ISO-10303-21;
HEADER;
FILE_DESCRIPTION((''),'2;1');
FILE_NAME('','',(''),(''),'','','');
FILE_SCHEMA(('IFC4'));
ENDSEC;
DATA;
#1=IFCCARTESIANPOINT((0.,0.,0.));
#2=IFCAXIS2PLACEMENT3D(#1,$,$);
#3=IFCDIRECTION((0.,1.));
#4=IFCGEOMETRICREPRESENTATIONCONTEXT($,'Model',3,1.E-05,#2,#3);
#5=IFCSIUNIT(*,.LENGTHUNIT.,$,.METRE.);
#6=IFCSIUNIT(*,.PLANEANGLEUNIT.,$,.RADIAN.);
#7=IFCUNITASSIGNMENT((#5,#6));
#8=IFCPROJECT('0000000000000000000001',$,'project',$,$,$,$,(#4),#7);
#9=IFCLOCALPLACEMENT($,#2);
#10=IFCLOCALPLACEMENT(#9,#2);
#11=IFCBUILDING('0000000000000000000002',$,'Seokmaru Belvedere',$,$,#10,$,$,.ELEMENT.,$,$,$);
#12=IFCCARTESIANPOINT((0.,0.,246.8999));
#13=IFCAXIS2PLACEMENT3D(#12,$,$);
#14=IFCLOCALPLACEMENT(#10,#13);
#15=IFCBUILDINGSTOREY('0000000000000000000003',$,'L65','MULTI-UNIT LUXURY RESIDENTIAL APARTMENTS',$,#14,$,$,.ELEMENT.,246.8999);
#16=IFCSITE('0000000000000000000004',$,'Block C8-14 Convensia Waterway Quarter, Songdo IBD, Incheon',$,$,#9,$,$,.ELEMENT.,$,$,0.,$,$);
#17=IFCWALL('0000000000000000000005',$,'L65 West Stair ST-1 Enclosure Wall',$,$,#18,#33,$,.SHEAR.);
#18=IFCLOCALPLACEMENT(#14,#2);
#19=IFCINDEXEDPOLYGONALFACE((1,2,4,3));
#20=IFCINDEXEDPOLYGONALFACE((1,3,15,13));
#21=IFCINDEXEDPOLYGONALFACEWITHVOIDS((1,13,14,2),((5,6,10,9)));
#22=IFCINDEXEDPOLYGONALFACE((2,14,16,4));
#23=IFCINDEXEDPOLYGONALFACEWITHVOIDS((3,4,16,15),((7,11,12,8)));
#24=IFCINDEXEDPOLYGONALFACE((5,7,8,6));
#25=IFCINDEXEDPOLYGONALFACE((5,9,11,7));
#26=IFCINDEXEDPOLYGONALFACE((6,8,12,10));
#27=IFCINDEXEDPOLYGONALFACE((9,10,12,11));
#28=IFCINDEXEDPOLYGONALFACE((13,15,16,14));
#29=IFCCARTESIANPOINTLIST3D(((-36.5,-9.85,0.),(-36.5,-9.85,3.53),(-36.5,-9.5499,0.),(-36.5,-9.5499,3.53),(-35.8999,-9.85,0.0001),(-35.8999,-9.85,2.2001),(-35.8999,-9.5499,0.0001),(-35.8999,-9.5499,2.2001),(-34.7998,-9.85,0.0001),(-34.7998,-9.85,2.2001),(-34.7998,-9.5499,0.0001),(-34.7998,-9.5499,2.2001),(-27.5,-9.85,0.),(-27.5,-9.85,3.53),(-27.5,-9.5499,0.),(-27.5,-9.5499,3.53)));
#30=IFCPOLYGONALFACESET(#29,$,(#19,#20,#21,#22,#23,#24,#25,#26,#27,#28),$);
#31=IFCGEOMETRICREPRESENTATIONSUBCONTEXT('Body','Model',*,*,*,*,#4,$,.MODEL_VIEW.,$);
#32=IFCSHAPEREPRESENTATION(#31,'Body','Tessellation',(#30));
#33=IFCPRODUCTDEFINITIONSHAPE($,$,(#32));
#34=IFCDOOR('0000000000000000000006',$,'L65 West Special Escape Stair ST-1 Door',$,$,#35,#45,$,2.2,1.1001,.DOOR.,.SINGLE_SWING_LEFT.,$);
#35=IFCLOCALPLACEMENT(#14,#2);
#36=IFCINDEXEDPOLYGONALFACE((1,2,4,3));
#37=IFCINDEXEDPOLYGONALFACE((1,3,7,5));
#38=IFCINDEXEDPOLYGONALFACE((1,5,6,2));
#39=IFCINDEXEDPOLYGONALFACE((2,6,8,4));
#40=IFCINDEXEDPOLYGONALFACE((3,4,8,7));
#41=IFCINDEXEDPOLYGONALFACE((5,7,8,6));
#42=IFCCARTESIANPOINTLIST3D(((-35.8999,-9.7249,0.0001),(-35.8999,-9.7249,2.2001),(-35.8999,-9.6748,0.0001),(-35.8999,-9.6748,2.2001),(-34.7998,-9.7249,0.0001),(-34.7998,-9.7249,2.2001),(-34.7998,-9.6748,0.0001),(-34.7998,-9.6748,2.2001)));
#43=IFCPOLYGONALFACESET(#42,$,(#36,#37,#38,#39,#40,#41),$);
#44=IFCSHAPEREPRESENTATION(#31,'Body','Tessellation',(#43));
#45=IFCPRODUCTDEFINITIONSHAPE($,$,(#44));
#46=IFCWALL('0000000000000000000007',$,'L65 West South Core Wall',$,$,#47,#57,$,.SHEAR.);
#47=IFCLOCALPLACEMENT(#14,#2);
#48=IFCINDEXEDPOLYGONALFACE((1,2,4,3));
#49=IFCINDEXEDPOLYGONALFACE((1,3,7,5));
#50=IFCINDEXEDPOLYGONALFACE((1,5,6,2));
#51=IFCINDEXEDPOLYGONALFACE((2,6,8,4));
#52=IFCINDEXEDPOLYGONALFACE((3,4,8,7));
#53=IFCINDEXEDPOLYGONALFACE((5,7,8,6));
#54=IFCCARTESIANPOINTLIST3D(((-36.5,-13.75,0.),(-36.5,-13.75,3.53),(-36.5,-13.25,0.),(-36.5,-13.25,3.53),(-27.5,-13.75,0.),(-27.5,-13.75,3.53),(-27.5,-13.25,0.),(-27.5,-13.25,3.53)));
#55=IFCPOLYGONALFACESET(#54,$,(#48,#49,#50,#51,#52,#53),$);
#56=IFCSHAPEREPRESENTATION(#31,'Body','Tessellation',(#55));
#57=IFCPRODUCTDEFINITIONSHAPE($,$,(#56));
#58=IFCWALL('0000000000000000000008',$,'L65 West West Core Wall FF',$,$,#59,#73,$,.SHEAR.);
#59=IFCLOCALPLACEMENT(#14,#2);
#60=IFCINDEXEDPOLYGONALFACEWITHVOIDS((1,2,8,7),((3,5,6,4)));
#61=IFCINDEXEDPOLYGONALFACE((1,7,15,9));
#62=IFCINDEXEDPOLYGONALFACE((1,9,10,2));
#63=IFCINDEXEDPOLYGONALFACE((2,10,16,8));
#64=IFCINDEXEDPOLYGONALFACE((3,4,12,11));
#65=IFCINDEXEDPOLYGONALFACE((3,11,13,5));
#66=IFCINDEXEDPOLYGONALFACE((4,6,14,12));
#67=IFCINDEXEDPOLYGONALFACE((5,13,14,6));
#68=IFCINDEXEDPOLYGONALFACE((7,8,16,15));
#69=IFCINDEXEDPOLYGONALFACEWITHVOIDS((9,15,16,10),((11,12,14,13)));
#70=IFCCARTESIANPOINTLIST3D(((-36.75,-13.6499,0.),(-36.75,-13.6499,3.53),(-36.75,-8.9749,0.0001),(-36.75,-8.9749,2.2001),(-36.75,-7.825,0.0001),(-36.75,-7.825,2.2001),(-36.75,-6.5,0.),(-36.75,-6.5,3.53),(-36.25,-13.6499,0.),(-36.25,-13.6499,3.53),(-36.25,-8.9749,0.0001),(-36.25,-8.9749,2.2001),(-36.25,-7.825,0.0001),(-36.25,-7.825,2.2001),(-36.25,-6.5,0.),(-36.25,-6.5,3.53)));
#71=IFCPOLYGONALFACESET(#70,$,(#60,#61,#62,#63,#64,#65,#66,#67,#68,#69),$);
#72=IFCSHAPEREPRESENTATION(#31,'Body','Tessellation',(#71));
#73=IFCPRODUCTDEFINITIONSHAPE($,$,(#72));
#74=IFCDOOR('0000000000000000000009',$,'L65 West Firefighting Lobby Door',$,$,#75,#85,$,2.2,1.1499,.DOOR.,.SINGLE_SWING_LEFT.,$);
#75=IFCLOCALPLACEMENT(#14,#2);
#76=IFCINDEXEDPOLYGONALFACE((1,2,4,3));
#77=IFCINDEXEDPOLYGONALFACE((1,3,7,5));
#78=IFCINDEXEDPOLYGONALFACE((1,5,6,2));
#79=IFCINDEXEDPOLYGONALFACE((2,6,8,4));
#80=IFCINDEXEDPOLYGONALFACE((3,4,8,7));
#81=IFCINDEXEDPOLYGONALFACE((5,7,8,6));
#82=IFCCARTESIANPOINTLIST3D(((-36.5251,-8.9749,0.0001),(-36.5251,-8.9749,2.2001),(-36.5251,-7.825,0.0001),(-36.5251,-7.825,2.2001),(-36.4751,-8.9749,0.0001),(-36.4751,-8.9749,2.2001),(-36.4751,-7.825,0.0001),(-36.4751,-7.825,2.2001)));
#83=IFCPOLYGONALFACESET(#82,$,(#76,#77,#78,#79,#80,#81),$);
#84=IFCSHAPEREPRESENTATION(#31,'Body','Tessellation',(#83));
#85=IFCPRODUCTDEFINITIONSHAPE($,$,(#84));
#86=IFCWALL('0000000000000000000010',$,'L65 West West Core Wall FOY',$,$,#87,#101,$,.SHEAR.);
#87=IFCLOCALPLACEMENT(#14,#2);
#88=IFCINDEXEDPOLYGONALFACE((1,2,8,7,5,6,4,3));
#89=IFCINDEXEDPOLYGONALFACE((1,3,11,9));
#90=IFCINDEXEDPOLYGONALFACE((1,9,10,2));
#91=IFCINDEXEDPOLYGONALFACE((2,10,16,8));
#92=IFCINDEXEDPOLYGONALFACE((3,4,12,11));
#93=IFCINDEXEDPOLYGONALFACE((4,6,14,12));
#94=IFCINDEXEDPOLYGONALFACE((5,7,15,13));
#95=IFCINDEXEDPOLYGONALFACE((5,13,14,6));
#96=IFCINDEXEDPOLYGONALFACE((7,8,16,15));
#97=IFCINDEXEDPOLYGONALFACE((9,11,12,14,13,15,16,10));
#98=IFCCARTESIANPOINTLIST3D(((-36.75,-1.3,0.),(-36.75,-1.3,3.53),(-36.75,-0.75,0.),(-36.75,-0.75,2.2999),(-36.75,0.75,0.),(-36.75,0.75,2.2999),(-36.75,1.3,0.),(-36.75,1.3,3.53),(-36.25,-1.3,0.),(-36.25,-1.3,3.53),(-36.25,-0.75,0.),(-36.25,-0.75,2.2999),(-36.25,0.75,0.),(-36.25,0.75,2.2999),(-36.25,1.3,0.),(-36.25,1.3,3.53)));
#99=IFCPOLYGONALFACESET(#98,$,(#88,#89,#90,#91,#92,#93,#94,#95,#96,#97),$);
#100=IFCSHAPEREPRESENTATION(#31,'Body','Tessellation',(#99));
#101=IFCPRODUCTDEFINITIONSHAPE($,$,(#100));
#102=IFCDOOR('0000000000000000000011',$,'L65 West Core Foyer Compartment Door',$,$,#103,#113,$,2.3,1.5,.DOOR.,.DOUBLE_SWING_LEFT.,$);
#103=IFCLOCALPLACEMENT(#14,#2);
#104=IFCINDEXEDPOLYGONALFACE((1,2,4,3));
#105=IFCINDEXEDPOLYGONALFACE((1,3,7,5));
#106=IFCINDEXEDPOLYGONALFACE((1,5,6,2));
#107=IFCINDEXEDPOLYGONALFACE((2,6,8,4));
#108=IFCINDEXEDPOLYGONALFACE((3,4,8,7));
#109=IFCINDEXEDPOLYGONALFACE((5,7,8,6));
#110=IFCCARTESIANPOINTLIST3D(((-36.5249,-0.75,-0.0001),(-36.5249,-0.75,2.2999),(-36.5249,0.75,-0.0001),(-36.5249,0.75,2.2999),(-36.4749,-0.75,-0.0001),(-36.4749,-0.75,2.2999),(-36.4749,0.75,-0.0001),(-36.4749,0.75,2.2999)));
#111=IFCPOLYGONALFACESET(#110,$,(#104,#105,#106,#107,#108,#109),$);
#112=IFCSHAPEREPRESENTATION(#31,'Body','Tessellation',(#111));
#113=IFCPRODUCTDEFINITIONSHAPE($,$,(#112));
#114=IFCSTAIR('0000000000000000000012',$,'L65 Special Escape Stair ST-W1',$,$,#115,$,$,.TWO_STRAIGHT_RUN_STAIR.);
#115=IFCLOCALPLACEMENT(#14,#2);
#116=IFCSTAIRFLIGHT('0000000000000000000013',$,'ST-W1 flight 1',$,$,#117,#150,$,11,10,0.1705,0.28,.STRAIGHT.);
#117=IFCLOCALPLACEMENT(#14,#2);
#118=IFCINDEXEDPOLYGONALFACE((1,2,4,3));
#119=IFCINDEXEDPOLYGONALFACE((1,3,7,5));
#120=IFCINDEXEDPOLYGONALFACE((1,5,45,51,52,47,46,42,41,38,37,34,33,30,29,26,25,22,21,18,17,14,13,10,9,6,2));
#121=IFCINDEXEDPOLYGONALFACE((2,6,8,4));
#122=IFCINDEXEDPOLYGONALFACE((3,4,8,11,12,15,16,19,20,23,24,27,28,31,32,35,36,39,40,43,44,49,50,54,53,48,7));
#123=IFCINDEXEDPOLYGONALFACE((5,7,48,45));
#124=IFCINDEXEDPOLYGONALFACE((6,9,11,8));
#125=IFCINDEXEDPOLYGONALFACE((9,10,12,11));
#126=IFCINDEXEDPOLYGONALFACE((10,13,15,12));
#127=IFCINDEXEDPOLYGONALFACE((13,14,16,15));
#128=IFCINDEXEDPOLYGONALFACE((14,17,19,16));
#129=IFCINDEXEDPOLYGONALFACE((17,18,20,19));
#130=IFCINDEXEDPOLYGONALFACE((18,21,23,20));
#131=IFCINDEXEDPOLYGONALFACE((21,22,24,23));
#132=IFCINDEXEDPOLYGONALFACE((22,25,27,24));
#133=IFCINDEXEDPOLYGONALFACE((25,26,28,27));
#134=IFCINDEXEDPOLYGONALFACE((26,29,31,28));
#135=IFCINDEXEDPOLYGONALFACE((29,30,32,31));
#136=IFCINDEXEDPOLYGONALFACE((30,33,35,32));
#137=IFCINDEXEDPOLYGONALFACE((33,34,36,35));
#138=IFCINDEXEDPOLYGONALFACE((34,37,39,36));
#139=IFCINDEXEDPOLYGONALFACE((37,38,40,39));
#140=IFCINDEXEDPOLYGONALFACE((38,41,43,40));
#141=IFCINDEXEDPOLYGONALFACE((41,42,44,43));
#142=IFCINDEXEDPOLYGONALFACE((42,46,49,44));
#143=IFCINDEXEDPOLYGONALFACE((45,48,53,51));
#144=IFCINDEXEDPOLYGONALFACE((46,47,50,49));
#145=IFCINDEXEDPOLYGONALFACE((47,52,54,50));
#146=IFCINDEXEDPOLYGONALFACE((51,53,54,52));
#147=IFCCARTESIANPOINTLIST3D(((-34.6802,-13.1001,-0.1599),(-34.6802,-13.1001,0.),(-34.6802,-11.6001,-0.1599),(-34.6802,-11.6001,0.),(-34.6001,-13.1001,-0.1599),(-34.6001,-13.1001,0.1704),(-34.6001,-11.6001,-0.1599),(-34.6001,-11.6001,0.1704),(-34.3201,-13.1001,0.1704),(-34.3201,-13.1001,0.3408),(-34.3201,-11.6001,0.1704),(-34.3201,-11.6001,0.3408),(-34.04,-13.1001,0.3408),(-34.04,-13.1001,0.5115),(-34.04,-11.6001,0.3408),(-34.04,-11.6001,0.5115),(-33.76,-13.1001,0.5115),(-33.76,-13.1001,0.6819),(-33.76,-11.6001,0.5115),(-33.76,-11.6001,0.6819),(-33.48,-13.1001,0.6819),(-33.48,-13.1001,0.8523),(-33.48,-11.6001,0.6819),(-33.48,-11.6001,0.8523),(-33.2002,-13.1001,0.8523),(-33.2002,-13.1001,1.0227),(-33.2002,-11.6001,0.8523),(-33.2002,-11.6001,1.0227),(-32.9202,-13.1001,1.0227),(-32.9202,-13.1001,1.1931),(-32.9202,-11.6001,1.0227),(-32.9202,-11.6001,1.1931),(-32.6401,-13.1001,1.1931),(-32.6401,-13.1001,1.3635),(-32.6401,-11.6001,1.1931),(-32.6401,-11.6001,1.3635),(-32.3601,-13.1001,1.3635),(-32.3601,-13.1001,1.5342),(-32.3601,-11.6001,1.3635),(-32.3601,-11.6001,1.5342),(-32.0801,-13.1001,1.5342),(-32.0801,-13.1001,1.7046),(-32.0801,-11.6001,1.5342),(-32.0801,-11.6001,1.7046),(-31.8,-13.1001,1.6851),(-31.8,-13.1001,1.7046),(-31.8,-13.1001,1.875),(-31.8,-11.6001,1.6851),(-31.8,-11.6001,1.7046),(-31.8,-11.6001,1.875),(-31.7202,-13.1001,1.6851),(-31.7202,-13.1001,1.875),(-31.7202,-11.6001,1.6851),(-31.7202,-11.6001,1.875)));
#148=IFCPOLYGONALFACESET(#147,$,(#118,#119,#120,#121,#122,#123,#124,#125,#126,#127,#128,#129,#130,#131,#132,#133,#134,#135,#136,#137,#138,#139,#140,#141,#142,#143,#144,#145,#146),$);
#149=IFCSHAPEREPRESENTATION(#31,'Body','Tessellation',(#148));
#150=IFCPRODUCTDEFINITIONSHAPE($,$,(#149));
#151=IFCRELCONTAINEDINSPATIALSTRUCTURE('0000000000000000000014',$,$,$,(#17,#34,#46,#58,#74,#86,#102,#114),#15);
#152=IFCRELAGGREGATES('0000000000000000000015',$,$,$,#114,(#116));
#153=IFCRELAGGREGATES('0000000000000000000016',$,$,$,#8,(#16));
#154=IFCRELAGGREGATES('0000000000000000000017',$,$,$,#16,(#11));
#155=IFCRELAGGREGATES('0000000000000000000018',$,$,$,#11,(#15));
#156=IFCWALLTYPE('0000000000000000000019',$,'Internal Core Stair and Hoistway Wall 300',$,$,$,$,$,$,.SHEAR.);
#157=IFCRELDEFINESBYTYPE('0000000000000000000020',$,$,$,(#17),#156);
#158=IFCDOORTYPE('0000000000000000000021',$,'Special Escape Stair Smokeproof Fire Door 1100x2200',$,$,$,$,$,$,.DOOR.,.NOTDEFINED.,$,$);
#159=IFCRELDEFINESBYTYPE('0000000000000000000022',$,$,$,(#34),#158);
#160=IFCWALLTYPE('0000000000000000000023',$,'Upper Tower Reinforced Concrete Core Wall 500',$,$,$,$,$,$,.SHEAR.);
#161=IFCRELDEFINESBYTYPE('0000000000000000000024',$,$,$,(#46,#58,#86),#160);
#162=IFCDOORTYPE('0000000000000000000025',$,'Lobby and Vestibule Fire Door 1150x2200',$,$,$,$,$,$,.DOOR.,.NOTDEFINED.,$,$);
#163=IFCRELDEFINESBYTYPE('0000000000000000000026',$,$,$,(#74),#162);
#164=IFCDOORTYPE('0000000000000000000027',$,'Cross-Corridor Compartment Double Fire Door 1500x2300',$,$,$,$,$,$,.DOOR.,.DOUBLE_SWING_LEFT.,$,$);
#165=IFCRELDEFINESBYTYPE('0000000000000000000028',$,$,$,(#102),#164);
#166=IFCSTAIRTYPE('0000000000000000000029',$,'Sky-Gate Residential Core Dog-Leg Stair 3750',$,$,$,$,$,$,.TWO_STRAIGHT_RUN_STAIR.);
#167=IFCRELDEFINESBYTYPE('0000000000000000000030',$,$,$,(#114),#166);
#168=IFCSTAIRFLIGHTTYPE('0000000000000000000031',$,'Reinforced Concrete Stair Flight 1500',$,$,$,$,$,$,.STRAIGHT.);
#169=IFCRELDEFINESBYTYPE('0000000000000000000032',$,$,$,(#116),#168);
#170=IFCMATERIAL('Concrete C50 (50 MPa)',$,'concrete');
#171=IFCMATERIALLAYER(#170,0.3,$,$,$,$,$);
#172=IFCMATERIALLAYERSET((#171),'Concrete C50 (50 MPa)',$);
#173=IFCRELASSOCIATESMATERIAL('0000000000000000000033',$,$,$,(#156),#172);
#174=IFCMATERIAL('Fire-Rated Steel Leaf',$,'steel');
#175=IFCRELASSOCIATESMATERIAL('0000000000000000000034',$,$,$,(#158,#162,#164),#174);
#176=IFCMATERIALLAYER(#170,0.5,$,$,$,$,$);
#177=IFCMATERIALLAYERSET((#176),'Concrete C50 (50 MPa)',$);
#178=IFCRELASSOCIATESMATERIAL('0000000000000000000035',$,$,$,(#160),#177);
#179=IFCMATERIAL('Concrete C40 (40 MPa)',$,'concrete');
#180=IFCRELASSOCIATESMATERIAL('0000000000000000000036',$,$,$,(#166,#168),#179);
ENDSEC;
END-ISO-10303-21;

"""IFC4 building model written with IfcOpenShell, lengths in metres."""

from ifc_helpers import new_model, si_unit, direction, frame, frame_2d, origin, place, context, subcontext, project, spatial, polyline, rectangle, outline, extrude, source, transform, mapped, material, layer, layer_set, type_object, type_shapes, element, fill, aggregate, save


model = new_model("IFC4")

# Units and contexts
model_context = context("Model", 3, precision=1e-05, world=origin(), true_north=direction((0.0, 1.0)))
body_context = subcontext(model_context, "Body", "Model", "MODEL_VIEW")
ifc_project = project(units=[si_unit("LENGTHUNIT", "METRE"), si_unit("PLANEANGLEUNIT", "RADIAN")], contexts=[model_context])

# Site, building, storey
site_placement = place(None, origin())
site = spatial("IfcSite", under=ifc_project, at=site_placement, Name="Block C8-14 Convensia Waterway Quarter, Songdo IBD, Incheon", CompositionType="ELEMENT", RefElevation=0.0)
building_placement = place(site_placement, origin())
building = spatial("IfcBuilding", under=site, at=building_placement, Name="Seokmaru Belvedere", CompositionType="ELEMENT")
storey_placement = place(building_placement, frame((0.0, 0.0, 246.8999)))
storey = spatial("IfcBuildingStorey", under=building, at=storey_placement, Name="L65", Description="MULTI-UNIT LUXURY RESIDENTIAL APARTMENTS", CompositionType="ELEMENT", Elevation=246.8999)

# Wall, opening, door
ifc_material_1 = material(Name="Concrete C50 (50 MPa)", Category="concrete")
ifc_layer_1 = layer(ifc_material_1, 0.3)
ifc_layer_set_1 = layer_set([ifc_layer_1], Name="Concrete C50 (50 MPa)")
wall_type_1 = type_object("IfcWallType", Name="Internal Core Stair and Hoistway Wall 300", PredefinedType="SHEAR", material=ifc_layer_set_1)
wall_1_placement = place(storey_placement, frame((-36.5, -9.7, 0.0), z_axis=(0.0, 0.0, 1.0), x_axis=(1.0, 0.0, 0.0)))
wall_1 = element("IfcWall", 1, at=wall_1_placement, inside=storey, type_object=wall_type_1, Name="L65 West Stair ST-1 Enclosure Wall", PredefinedType="SHEAR", context=body_context, shape_type="SweptSolid", body=[
    extrude(rectangle(XDim=9.0, YDim=0.3, at=frame_2d((4.5, 0.0))), origin(), (0.0, 0.0, 1.0), 3.53),
])
opening_1_placement = place(wall_1_placement, frame((0.6001, 0.0, 0.0)))
opening_1 = element("IfcOpeningElement", 2, at=opening_1_placement, cuts=wall_1, PredefinedType="OPENING", context=body_context, shape_type="SweptSolid", body=[
    extrude(rectangle(XDim=1.1001, YDim=2.2, at=frame_2d((0.55, 1.1001))), frame((0.0, 0.1602, 0.0), z_axis=(0.0, -1.0, 0.0), x_axis=(1.0, 0.0, 0.0)), (0.0, 0.0, 1.0), 0.3201),
])
ifc_material_2 = material(Name="Fire-Rated Steel Leaf", Category="steel")
door_type_1 = type_object("IfcDoorType", Name="Special Escape Stair Smokeproof Fire Door 1100x2200", OperationType="NOTDEFINED", PredefinedType="DOOR", material=ifc_material_2)
shared_shape_1 = source(origin(), body_context, "Body", "SweptSolid", [
    extrude(rectangle(XDim=1.1001, YDim=2.2, at=frame_2d((0.55, 1.1001))), frame((0.0, 0.0249, 0.0), z_axis=(0.0, -1.0, 0.0), x_axis=(1.0, 0.0, 0.0)), (0.0, 0.0, 1.0), 0.05),
])
type_shapes(door_type_1, [shared_shape_1])
door_1_placement = place(opening_1_placement, frame((1.1001, 0.0, 0.0), z_axis=(0.0, 0.0, 1.0), x_axis=(-1.0, 0.0, 0.0)))
door_1 = element("IfcDoor", 3, at=door_1_placement, inside=storey, type_object=door_type_1, Name="L65 West Special Escape Stair ST-1 Door", OperationType="SINGLE_SWING_LEFT", OverallHeight=2.2, OverallWidth=1.1001, PredefinedType="DOOR", context=body_context, shape_type="MappedRepresentation", body=[
    mapped(shared_shape_1, transform((0.0, 0.0, 0.0), scale=1.0)),
])
fill(opening_1, door_1)

# Wall
ifc_layer_2 = layer(ifc_material_1, 0.5)
ifc_layer_set_2 = layer_set([ifc_layer_2], Name="Concrete C50 (50 MPa)")
wall_type_2 = type_object("IfcWallType", Name="Upper Tower Reinforced Concrete Core Wall 500", PredefinedType="SHEAR", material=ifc_layer_set_2)
wall_2_placement = place(storey_placement, frame((-36.5, -13.5, 0.0), z_axis=(0.0, 0.0, 1.0), x_axis=(1.0, 0.0, 0.0)))
element("IfcWall", 4, at=wall_2_placement, inside=storey, type_object=wall_type_2, Name="L65 West South Core Wall", PredefinedType="SHEAR", context=body_context, shape_type="SweptSolid", body=[
    extrude(rectangle(XDim=9.0, YDim=0.5, at=frame_2d((4.5, 0.0))), origin(), (0.0, 0.0, 1.0), 3.53),
])

# Walls, openings, doors
wall_3_placement = place(storey_placement, frame((-36.5, -13.6499, 0.0), z_axis=(0.0, 0.0, 1.0), x_axis=(0.0, 1.0, 0.0)))
wall_3 = element("IfcWall", 5, at=wall_3_placement, inside=storey, type_object=wall_type_2, Name="L65 West West Core Wall FF", PredefinedType="SHEAR", context=body_context, shape_type="SweptSolid", body=[
    extrude(rectangle(XDim=7.1499, YDim=0.5, at=frame_2d((3.575, 0.0))), origin(), (0.0, 0.0, 1.0), 3.53),
])
opening_2_placement = place(wall_3_placement, frame((4.675, 0.0, 0.0)))
opening_2 = element("IfcOpeningElement", 6, at=opening_2_placement, cuts=wall_3, PredefinedType="OPENING", context=body_context, shape_type="SweptSolid", body=[
    extrude(rectangle(XDim=1.1499, YDim=2.2, at=frame_2d((0.575, 1.1001))), frame((0.0, 0.26, 0.0), z_axis=(0.0, -1.0, 0.0), x_axis=(1.0, 0.0, 0.0)), (0.0, 0.0, 1.0), 0.52),
])
door_type_2 = type_object("IfcDoorType", Name="Lobby and Vestibule Fire Door 1150x2200", OperationType="NOTDEFINED", PredefinedType="DOOR", material=ifc_material_2)
shared_shape_2 = source(origin(), body_context, "Body", "SweptSolid", [
    extrude(rectangle(XDim=1.1499, YDim=2.2, at=frame_2d((0.575, 1.1001))), frame((0.0, 0.0249, 0.0), z_axis=(0.0, -1.0, 0.0), x_axis=(1.0, 0.0, 0.0)), (0.0, 0.0, 1.0), 0.05),
])
type_shapes(door_type_2, [shared_shape_2])
door_2_placement = place(opening_2_placement, frame((1.1499, 0.0, 0.0), z_axis=(0.0, 0.0, 1.0), x_axis=(-1.0, 0.0, 0.0)))
door_2 = element("IfcDoor", 7, at=door_2_placement, inside=storey, type_object=door_type_2, Name="L65 West Firefighting Lobby Door", OperationType="SINGLE_SWING_LEFT", OverallHeight=2.2, OverallWidth=1.1499, PredefinedType="DOOR", context=body_context, shape_type="MappedRepresentation", body=[
    mapped(shared_shape_2, transform((0.0, 0.0, 0.0), scale=1.0)),
])
fill(opening_2, door_2)
wall_4_placement = place(storey_placement, frame((-36.5, -1.3, 0.0), z_axis=(0.0, 0.0, 1.0), x_axis=(0.0, 1.0, 0.0)))
wall_4 = element("IfcWall", 8, at=wall_4_placement, inside=storey, type_object=wall_type_2, Name="L65 West West Core Wall FOY", PredefinedType="SHEAR", context=body_context, shape_type="SweptSolid", body=[
    extrude(rectangle(XDim=2.6001, YDim=0.5, at=frame_2d((1.3, 0.0))), origin(), (0.0, 0.0, 1.0), 3.53),
])
opening_3_placement = place(wall_4_placement, frame((0.55, 0.0, 0.0)))
opening_3 = element("IfcOpeningElement", 9, at=opening_3_placement, cuts=wall_4, PredefinedType="OPENING", context=body_context, shape_type="SweptSolid", body=[
    extrude(rectangle(XDim=1.5, YDim=2.3, at=frame_2d((0.75, 1.1499))), frame((0.0, 0.26, 0.0), z_axis=(0.0, -1.0, 0.0), x_axis=(1.0, 0.0, 0.0)), (0.0, 0.0, 1.0), 0.52),
])
door_type_3 = type_object("IfcDoorType", Name="Cross-Corridor Compartment Double Fire Door 1500x2300", OperationType="DOUBLE_SWING_LEFT", PredefinedType="DOOR", material=ifc_material_2)
shared_shape_3 = source(origin(), body_context, "Body", "SweptSolid", [
    extrude(rectangle(XDim=1.5, YDim=2.3, at=frame_2d((0.75, 1.1499))), frame((0.0, 0.0249, 0.0), z_axis=(0.0, -1.0, 0.0), x_axis=(1.0, 0.0, 0.0)), (0.0, 0.0, 1.0), 0.05),
])
type_shapes(door_type_3, [shared_shape_3])
door_3_placement = place(opening_3_placement, origin())
door_3 = element("IfcDoor", 10, at=door_3_placement, inside=storey, type_object=door_type_3, Name="L65 West Core Foyer Compartment Door", OperationType="DOUBLE_SWING_LEFT", OverallHeight=2.3, OverallWidth=1.5, PredefinedType="DOOR", context=body_context, shape_type="MappedRepresentation", body=[
    mapped(shared_shape_3, transform((0.0, 0.0, 0.0), scale=1.0)),
])
fill(opening_3, door_3)

# Stair, stair flight
ifc_material_3 = material(Name="Concrete C40 (40 MPa)", Category="concrete")
stair_type = type_object("IfcStairType", Name="Sky-Gate Residential Core Dog-Leg Stair 3750", PredefinedType="TWO_STRAIGHT_RUN_STAIR", material=ifc_material_3)
stair_placement = place(storey_placement, origin())
stair = element("IfcStair", 11, at=stair_placement, inside=storey, type_object=stair_type, Name="L65 Special Escape Stair ST-W1", PredefinedType="TWO_STRAIGHT_RUN_STAIR")
stair_flight_type = type_object("IfcStairFlightType", Name="Reinforced Concrete Stair Flight 1500", PredefinedType="STRAIGHT", material=ifc_material_3)
stair_flight_1_placement = place(storey_placement, frame((-34.6001, -12.3501, 0.0), z_axis=(0.0, 0.0, 1.0), x_axis=(1.0, 0.0, 0.0)))
stair_flight_1 = element("IfcStairFlight", 12, at=stair_flight_1_placement, type_object=stair_flight_type, Name="ST-W1 flight 1", NumberOfRisers=11, NumberOfTreads=10, PredefinedType="STRAIGHT", RiserHeight=0.1705, TreadLength=0.28, context=body_context, shape_type="SweptSolid", body=[
    extrude(outline(polyline([(-0.0801, 0.0), (0.0, 0.1704), (0.28, 0.1704), (0.28, 0.3408), (0.5601, 0.3408), (0.5601, 0.5115), (0.8401, 0.5115), (0.8401, 0.6819), (1.1201, 0.6819), (1.1201, 0.8523), (1.3999, 0.8523), (1.3999, 1.0227), (1.6799, 1.0227), (1.6799, 1.1931), (1.96, 1.1931), (1.96, 1.3635), (2.24, 1.3635), (2.24, 1.5342), (2.52, 1.5342), (2.52, 1.7046), (2.8, 1.7046), (2.8, 1.875), (2.8799, 1.875), (2.8799, 1.6851), (2.8, 1.6851), (0.0, -0.1599), (-0.0801, -0.1599), (-0.0801, 0.0)])), frame((0.0, 0.75, 0.0), z_axis=(0.0, -1.0, 0.0), x_axis=(1.0, 0.0, 0.0)), (0.0, 0.0, 1.0), 1.5),
])
aggregate(stair, [stair_flight_1])

save(model, "model.ifc")
